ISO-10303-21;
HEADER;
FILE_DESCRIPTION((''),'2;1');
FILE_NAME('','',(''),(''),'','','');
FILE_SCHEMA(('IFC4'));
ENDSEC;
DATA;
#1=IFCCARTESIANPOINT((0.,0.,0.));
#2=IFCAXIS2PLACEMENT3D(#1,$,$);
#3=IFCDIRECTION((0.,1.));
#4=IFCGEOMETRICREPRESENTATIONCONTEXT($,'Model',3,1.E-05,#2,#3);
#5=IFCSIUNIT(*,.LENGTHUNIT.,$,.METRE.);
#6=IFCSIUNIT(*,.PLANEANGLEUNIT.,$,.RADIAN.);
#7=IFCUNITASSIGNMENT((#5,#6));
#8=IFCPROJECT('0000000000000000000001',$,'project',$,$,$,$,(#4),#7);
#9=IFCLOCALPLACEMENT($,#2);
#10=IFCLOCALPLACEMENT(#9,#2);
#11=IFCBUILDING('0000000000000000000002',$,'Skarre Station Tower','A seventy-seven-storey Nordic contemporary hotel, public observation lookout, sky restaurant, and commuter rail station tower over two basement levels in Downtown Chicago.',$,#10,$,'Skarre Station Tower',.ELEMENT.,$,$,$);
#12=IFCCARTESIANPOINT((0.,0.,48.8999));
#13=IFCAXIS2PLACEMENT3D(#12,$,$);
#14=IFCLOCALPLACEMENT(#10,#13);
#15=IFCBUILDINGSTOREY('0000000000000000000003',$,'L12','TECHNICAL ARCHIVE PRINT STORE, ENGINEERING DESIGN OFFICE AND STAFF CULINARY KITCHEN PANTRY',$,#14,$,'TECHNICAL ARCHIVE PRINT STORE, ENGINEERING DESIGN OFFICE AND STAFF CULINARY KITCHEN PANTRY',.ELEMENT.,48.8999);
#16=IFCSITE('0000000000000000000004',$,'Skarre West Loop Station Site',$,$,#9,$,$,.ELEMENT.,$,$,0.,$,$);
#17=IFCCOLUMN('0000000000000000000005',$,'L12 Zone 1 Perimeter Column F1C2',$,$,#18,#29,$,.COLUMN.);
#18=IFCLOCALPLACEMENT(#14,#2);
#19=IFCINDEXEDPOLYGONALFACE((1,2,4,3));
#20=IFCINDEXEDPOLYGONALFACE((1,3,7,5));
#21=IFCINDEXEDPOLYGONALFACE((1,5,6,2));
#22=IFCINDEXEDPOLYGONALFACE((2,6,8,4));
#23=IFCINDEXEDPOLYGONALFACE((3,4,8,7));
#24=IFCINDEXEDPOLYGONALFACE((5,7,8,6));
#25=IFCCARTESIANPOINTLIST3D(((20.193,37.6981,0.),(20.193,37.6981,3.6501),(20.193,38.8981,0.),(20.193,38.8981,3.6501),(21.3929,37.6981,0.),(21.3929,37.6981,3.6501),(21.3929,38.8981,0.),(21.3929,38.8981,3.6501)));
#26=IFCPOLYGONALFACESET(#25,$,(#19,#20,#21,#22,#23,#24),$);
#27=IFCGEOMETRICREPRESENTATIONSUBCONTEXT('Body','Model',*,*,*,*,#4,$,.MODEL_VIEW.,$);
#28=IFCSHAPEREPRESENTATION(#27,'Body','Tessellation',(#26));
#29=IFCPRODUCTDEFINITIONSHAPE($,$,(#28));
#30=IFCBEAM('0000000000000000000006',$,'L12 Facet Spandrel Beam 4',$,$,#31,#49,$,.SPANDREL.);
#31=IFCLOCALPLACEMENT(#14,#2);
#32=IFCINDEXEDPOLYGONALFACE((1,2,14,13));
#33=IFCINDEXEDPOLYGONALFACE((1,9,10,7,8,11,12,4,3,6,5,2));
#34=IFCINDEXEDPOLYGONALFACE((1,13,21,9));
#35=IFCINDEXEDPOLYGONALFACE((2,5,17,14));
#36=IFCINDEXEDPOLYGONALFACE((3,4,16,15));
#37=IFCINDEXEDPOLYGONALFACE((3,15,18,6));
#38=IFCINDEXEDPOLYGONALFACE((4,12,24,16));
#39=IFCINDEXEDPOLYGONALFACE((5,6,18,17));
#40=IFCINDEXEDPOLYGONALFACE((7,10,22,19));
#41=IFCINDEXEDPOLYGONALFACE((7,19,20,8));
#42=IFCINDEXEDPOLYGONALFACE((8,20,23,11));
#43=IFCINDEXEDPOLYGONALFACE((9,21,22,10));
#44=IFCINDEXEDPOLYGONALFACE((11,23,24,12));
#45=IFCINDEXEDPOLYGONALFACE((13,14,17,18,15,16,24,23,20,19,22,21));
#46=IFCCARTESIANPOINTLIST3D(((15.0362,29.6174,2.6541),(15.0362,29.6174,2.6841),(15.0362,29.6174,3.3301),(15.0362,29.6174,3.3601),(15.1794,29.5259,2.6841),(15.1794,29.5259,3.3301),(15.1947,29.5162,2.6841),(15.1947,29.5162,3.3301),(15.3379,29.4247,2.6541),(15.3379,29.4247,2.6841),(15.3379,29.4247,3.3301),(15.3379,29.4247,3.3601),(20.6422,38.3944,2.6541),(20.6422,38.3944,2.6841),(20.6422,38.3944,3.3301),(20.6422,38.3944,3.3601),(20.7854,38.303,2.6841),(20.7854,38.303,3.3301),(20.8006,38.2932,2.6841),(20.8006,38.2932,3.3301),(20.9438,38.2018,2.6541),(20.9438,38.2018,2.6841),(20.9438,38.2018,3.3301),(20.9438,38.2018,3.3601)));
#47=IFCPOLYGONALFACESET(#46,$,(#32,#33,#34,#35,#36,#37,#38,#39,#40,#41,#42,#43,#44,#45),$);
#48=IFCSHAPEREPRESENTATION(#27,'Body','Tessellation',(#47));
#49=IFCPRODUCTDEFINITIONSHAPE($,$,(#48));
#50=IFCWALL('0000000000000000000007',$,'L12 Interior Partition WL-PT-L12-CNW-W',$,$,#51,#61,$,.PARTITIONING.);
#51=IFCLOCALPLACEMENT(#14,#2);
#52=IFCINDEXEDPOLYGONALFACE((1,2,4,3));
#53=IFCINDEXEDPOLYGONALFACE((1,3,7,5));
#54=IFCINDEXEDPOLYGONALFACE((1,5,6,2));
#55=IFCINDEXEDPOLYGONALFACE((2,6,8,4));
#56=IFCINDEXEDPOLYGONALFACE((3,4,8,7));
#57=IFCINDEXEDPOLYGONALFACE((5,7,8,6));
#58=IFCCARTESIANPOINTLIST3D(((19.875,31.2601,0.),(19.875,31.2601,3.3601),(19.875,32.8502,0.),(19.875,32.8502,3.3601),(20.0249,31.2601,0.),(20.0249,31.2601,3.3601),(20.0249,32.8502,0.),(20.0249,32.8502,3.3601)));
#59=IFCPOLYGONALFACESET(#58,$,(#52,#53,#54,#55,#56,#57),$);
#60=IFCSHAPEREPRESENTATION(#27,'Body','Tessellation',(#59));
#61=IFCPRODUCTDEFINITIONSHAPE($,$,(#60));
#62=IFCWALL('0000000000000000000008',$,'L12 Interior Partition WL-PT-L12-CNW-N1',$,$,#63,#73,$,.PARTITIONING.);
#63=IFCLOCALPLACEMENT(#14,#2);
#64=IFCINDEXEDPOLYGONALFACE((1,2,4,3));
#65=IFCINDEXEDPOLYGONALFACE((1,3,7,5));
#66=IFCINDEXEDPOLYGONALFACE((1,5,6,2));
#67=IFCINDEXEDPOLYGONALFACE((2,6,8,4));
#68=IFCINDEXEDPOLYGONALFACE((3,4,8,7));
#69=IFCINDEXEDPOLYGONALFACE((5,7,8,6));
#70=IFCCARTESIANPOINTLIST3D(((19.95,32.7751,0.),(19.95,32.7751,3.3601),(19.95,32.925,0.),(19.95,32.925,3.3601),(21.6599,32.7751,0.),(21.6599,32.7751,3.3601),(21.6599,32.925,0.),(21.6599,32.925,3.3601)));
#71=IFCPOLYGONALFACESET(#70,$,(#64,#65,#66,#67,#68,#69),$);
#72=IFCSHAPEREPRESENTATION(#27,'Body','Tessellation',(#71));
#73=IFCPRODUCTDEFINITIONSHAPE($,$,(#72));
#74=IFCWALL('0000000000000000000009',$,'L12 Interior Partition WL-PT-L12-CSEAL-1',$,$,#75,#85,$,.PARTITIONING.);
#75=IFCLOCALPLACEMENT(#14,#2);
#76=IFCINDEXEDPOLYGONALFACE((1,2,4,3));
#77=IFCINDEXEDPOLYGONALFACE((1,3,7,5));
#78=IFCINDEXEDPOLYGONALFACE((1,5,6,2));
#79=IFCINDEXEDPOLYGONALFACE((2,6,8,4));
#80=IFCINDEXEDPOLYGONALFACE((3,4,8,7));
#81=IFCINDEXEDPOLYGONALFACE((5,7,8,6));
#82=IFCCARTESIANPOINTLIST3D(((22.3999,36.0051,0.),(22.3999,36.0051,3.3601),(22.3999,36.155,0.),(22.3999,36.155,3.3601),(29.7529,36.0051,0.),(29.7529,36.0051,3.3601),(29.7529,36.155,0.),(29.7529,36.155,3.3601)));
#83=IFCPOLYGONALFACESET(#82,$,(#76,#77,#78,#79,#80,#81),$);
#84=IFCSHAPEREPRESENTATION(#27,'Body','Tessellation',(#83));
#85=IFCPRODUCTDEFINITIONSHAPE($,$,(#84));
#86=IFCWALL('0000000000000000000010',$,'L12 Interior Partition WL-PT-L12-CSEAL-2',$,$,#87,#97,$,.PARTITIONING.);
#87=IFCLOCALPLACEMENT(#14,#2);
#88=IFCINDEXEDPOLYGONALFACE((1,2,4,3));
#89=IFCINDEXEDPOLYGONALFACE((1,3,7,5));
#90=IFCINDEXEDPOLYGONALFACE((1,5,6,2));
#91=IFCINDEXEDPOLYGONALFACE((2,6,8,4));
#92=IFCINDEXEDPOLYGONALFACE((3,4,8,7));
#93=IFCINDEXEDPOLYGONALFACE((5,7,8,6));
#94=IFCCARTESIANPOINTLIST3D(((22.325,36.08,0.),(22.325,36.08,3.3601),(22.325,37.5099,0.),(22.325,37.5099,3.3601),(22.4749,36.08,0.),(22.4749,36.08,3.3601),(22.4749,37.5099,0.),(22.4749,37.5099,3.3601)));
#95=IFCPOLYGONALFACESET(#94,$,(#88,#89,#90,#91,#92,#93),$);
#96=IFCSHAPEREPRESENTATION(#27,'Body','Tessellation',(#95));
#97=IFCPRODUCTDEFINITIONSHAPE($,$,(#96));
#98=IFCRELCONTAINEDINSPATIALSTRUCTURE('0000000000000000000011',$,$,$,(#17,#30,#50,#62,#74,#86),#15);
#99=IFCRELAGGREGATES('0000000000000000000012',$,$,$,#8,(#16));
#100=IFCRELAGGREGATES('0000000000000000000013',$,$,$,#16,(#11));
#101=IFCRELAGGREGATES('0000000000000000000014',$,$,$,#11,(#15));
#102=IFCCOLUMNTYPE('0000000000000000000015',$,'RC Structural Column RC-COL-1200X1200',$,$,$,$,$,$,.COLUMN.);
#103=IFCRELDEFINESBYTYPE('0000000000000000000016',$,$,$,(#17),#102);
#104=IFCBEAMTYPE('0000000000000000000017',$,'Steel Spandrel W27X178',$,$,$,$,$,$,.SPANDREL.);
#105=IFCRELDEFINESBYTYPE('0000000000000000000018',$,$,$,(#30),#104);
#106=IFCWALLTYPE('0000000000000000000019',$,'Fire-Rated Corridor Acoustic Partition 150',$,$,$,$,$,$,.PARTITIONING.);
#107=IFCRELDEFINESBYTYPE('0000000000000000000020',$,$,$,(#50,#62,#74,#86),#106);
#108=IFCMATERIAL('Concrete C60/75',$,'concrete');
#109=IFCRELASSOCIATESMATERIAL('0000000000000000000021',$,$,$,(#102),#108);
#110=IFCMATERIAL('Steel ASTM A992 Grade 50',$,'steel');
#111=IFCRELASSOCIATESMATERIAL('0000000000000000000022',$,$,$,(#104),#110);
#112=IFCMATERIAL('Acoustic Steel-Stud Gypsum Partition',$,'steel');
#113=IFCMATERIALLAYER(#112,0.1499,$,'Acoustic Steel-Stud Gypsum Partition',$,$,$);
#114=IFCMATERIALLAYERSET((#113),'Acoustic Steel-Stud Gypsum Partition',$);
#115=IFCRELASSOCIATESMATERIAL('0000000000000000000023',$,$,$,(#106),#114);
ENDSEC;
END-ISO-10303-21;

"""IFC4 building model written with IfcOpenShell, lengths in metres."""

from ifc_helpers import new_model, si_unit, direction, frame, frame_2d, origin, origin_2d, place, context, subcontext, project, spatial, rectangle, i_section, extrude, material, layer, layer_set, material_profile, profile_set, type_object, element, save


model = new_model("IFC4")

# Units and contexts
model_context = context("Model", 3, precision=1e-05, world=origin(), true_north=direction((0.0, 1.0)))
body_context = subcontext(model_context, "Body", "Model", "MODEL_VIEW")
ifc_project = project(units=[si_unit("LENGTHUNIT", "METRE"), si_unit("PLANEANGLEUNIT", "RADIAN")], contexts=[model_context])

# Site, building, storey
site_placement = place(None, origin())
site = spatial("IfcSite", under=ifc_project, at=site_placement, Name="Skarre West Loop Station Site", CompositionType="ELEMENT", RefElevation=0.0)
building_placement = place(site_placement, origin())
building = spatial("IfcBuilding", under=site, at=building_placement, Name="Skarre Station Tower", Description="A seventy-seven-storey Nordic contemporary hotel, public observation lookout, sky restaurant, and commuter rail station tower over two basement levels in Downtown Chicago.", LongName="Skarre Station Tower", CompositionType="ELEMENT")
storey_placement = place(building_placement, frame((0.0, 0.0, 48.8999)))
storey = spatial("IfcBuildingStorey", under=building, at=storey_placement, Name="L12", Description="TECHNICAL ARCHIVE PRINT STORE, ENGINEERING DESIGN OFFICE AND STAFF CULINARY KITCHEN PANTRY", LongName="TECHNICAL ARCHIVE PRINT STORE, ENGINEERING DESIGN OFFICE AND STAFF CULINARY KITCHEN PANTRY", CompositionType="ELEMENT", Elevation=48.8999)

# Column
ifc_material_1 = material(Name="Concrete C60/75", Category="concrete")
ifc_material_profile_1 = material_profile(ifc_material_1, rectangle(XDim=1.2, YDim=1.2, at=origin_2d()), Name="Concrete C60/75")
ifc_profile_set_1 = profile_set([ifc_material_profile_1], Name="Concrete C60/75")
column_type = type_object("IfcColumnType", Name="RC Structural Column RC-COL-1200X1200", PredefinedType="COLUMN", material=ifc_profile_set_1)
column_placement = place(storey_placement, frame((20.793, 38.2981, 0.0), z_axis=(0.0, 0.0, 1.0), x_axis=(1.0, 0.0, 0.0)))
element("IfcColumn", 1, at=column_placement, inside=storey, type_object=column_type, Name="L12 Zone 1 Perimeter Column F1C2", PredefinedType="COLUMN", context=body_context, shape_type="SweptSolid", body=[
    extrude(rectangle(XDim=1.2, YDim=1.2, at=origin_2d()), origin(), (0.0, 0.0, 1.0), 3.6501),
])

# Beam
ifc_material_2 = material(Name="Steel ASTM A992 Grade 50", Category="steel")
ifc_material_profile_2 = material_profile(ifc_material_2, i_section(OverallWidth=0.3579, OverallDepth=0.7061, WebThickness=0.0181, FlangeThickness=0.03, at=origin_2d()), Name="Steel ASTM A992 Grade 50")
ifc_profile_set_2 = profile_set([ifc_material_profile_2], Name="Steel ASTM A992 Grade 50")
beam_type = type_object("IfcBeamType", Name="Steel Spandrel W27X178", PredefinedType="SPANDREL", material=ifc_profile_set_2)
beam_placement = place(storey_placement, frame((20.793, 38.2981, 3.0071), z_axis=(-0.538278, -0.842767, 0.0), x_axis=(0.842767, -0.538278, 0.0)))
element("IfcBeam", 2, at=beam_placement, inside=storey, type_object=beam_type, Name="L12 Facet Spandrel Beam 4", PredefinedType="SPANDREL", context=body_context, shape_type="SweptSolid", body=[
    extrude(i_section(OverallWidth=0.3579, OverallDepth=0.7061, WebThickness=0.0181, FlangeThickness=0.03, at=origin_2d()), origin(), (0.0, 0.0, 1.0), 10.4146),
])

# Walls
ifc_material_3 = material(Name="Acoustic Steel-Stud Gypsum Partition", Category="steel")
ifc_layer_1 = layer(ifc_material_3, 0.1499, Name="Acoustic Steel-Stud Gypsum Partition")
ifc_layer_set_1 = layer_set([ifc_layer_1], Name="Acoustic Steel-Stud Gypsum Partition")
wall_type_1 = type_object("IfcWallType", Name="Fire-Rated Corridor Acoustic Partition 150", PredefinedType="PARTITIONING", material=ifc_layer_set_1)
wall_1_placement = place(storey_placement, frame((19.95, 32.8501, 0.0), z_axis=(0.0, 0.0, 1.0), x_axis=(0.0, -1.0, 0.0)))
element("IfcWall", 3, at=wall_1_placement, inside=storey, type_object=wall_type_1, Name="L12 Interior Partition WL-PT-L12-CNW-W", PredefinedType="PARTITIONING", context=body_context, shape_type="SweptSolid", body=[
    extrude(rectangle(XDim=1.5901, YDim=0.1499, at=frame_2d((0.7949, 0.0))), origin(), (0.0, 0.0, 1.0), 3.3601),
])
wall_2_placement = place(storey_placement, frame((21.6599, 32.8501, 0.0), z_axis=(0.0, 0.0, 1.0), x_axis=(-1.0, 0.0, 0.0)))
element("IfcWall", 4, at=wall_2_placement, inside=storey, type_object=wall_type_1, Name="L12 Interior Partition WL-PT-L12-CNW-N1", PredefinedType="PARTITIONING", context=body_context, shape_type="SweptSolid", body=[
    extrude(rectangle(XDim=1.71, YDim=0.1499, at=frame_2d((0.855, 0.0))), origin(), (0.0, 0.0, 1.0), 3.3601),
])
wall_3_placement = place(storey_placement, frame((29.7529, 36.0801, 0.0), z_axis=(0.0, 0.0, 1.0), x_axis=(-1.0, 0.0, 0.0)))
element("IfcWall", 5, at=wall_3_placement, inside=storey, type_object=wall_type_1, Name="L12 Interior Partition WL-PT-L12-CSEAL-1", PredefinedType="PARTITIONING", context=body_context, shape_type="SweptSolid", body=[
    extrude(rectangle(XDim=7.353, YDim=0.1499, at=frame_2d((3.6765, 0.0))), origin(), (0.0, 0.0, 1.0), 3.3601),
])
wall_4_placement = place(storey_placement, frame((22.3999, 36.0801, 0.0), z_axis=(0.0, 0.0, 1.0), x_axis=(0.0, 1.0, 0.0)))
element("IfcWall", 6, at=wall_4_placement, inside=storey, type_object=wall_type_1, Name="L12 Interior Partition WL-PT-L12-CSEAL-2", PredefinedType="PARTITIONING", context=body_context, shape_type="SweptSolid", body=[
    extrude(rectangle(XDim=1.4299, YDim=0.1499, at=frame_2d((0.7148, 0.0))), origin(), (0.0, 0.0, 1.0), 3.3601),
])

save(model, "model.ifc")
